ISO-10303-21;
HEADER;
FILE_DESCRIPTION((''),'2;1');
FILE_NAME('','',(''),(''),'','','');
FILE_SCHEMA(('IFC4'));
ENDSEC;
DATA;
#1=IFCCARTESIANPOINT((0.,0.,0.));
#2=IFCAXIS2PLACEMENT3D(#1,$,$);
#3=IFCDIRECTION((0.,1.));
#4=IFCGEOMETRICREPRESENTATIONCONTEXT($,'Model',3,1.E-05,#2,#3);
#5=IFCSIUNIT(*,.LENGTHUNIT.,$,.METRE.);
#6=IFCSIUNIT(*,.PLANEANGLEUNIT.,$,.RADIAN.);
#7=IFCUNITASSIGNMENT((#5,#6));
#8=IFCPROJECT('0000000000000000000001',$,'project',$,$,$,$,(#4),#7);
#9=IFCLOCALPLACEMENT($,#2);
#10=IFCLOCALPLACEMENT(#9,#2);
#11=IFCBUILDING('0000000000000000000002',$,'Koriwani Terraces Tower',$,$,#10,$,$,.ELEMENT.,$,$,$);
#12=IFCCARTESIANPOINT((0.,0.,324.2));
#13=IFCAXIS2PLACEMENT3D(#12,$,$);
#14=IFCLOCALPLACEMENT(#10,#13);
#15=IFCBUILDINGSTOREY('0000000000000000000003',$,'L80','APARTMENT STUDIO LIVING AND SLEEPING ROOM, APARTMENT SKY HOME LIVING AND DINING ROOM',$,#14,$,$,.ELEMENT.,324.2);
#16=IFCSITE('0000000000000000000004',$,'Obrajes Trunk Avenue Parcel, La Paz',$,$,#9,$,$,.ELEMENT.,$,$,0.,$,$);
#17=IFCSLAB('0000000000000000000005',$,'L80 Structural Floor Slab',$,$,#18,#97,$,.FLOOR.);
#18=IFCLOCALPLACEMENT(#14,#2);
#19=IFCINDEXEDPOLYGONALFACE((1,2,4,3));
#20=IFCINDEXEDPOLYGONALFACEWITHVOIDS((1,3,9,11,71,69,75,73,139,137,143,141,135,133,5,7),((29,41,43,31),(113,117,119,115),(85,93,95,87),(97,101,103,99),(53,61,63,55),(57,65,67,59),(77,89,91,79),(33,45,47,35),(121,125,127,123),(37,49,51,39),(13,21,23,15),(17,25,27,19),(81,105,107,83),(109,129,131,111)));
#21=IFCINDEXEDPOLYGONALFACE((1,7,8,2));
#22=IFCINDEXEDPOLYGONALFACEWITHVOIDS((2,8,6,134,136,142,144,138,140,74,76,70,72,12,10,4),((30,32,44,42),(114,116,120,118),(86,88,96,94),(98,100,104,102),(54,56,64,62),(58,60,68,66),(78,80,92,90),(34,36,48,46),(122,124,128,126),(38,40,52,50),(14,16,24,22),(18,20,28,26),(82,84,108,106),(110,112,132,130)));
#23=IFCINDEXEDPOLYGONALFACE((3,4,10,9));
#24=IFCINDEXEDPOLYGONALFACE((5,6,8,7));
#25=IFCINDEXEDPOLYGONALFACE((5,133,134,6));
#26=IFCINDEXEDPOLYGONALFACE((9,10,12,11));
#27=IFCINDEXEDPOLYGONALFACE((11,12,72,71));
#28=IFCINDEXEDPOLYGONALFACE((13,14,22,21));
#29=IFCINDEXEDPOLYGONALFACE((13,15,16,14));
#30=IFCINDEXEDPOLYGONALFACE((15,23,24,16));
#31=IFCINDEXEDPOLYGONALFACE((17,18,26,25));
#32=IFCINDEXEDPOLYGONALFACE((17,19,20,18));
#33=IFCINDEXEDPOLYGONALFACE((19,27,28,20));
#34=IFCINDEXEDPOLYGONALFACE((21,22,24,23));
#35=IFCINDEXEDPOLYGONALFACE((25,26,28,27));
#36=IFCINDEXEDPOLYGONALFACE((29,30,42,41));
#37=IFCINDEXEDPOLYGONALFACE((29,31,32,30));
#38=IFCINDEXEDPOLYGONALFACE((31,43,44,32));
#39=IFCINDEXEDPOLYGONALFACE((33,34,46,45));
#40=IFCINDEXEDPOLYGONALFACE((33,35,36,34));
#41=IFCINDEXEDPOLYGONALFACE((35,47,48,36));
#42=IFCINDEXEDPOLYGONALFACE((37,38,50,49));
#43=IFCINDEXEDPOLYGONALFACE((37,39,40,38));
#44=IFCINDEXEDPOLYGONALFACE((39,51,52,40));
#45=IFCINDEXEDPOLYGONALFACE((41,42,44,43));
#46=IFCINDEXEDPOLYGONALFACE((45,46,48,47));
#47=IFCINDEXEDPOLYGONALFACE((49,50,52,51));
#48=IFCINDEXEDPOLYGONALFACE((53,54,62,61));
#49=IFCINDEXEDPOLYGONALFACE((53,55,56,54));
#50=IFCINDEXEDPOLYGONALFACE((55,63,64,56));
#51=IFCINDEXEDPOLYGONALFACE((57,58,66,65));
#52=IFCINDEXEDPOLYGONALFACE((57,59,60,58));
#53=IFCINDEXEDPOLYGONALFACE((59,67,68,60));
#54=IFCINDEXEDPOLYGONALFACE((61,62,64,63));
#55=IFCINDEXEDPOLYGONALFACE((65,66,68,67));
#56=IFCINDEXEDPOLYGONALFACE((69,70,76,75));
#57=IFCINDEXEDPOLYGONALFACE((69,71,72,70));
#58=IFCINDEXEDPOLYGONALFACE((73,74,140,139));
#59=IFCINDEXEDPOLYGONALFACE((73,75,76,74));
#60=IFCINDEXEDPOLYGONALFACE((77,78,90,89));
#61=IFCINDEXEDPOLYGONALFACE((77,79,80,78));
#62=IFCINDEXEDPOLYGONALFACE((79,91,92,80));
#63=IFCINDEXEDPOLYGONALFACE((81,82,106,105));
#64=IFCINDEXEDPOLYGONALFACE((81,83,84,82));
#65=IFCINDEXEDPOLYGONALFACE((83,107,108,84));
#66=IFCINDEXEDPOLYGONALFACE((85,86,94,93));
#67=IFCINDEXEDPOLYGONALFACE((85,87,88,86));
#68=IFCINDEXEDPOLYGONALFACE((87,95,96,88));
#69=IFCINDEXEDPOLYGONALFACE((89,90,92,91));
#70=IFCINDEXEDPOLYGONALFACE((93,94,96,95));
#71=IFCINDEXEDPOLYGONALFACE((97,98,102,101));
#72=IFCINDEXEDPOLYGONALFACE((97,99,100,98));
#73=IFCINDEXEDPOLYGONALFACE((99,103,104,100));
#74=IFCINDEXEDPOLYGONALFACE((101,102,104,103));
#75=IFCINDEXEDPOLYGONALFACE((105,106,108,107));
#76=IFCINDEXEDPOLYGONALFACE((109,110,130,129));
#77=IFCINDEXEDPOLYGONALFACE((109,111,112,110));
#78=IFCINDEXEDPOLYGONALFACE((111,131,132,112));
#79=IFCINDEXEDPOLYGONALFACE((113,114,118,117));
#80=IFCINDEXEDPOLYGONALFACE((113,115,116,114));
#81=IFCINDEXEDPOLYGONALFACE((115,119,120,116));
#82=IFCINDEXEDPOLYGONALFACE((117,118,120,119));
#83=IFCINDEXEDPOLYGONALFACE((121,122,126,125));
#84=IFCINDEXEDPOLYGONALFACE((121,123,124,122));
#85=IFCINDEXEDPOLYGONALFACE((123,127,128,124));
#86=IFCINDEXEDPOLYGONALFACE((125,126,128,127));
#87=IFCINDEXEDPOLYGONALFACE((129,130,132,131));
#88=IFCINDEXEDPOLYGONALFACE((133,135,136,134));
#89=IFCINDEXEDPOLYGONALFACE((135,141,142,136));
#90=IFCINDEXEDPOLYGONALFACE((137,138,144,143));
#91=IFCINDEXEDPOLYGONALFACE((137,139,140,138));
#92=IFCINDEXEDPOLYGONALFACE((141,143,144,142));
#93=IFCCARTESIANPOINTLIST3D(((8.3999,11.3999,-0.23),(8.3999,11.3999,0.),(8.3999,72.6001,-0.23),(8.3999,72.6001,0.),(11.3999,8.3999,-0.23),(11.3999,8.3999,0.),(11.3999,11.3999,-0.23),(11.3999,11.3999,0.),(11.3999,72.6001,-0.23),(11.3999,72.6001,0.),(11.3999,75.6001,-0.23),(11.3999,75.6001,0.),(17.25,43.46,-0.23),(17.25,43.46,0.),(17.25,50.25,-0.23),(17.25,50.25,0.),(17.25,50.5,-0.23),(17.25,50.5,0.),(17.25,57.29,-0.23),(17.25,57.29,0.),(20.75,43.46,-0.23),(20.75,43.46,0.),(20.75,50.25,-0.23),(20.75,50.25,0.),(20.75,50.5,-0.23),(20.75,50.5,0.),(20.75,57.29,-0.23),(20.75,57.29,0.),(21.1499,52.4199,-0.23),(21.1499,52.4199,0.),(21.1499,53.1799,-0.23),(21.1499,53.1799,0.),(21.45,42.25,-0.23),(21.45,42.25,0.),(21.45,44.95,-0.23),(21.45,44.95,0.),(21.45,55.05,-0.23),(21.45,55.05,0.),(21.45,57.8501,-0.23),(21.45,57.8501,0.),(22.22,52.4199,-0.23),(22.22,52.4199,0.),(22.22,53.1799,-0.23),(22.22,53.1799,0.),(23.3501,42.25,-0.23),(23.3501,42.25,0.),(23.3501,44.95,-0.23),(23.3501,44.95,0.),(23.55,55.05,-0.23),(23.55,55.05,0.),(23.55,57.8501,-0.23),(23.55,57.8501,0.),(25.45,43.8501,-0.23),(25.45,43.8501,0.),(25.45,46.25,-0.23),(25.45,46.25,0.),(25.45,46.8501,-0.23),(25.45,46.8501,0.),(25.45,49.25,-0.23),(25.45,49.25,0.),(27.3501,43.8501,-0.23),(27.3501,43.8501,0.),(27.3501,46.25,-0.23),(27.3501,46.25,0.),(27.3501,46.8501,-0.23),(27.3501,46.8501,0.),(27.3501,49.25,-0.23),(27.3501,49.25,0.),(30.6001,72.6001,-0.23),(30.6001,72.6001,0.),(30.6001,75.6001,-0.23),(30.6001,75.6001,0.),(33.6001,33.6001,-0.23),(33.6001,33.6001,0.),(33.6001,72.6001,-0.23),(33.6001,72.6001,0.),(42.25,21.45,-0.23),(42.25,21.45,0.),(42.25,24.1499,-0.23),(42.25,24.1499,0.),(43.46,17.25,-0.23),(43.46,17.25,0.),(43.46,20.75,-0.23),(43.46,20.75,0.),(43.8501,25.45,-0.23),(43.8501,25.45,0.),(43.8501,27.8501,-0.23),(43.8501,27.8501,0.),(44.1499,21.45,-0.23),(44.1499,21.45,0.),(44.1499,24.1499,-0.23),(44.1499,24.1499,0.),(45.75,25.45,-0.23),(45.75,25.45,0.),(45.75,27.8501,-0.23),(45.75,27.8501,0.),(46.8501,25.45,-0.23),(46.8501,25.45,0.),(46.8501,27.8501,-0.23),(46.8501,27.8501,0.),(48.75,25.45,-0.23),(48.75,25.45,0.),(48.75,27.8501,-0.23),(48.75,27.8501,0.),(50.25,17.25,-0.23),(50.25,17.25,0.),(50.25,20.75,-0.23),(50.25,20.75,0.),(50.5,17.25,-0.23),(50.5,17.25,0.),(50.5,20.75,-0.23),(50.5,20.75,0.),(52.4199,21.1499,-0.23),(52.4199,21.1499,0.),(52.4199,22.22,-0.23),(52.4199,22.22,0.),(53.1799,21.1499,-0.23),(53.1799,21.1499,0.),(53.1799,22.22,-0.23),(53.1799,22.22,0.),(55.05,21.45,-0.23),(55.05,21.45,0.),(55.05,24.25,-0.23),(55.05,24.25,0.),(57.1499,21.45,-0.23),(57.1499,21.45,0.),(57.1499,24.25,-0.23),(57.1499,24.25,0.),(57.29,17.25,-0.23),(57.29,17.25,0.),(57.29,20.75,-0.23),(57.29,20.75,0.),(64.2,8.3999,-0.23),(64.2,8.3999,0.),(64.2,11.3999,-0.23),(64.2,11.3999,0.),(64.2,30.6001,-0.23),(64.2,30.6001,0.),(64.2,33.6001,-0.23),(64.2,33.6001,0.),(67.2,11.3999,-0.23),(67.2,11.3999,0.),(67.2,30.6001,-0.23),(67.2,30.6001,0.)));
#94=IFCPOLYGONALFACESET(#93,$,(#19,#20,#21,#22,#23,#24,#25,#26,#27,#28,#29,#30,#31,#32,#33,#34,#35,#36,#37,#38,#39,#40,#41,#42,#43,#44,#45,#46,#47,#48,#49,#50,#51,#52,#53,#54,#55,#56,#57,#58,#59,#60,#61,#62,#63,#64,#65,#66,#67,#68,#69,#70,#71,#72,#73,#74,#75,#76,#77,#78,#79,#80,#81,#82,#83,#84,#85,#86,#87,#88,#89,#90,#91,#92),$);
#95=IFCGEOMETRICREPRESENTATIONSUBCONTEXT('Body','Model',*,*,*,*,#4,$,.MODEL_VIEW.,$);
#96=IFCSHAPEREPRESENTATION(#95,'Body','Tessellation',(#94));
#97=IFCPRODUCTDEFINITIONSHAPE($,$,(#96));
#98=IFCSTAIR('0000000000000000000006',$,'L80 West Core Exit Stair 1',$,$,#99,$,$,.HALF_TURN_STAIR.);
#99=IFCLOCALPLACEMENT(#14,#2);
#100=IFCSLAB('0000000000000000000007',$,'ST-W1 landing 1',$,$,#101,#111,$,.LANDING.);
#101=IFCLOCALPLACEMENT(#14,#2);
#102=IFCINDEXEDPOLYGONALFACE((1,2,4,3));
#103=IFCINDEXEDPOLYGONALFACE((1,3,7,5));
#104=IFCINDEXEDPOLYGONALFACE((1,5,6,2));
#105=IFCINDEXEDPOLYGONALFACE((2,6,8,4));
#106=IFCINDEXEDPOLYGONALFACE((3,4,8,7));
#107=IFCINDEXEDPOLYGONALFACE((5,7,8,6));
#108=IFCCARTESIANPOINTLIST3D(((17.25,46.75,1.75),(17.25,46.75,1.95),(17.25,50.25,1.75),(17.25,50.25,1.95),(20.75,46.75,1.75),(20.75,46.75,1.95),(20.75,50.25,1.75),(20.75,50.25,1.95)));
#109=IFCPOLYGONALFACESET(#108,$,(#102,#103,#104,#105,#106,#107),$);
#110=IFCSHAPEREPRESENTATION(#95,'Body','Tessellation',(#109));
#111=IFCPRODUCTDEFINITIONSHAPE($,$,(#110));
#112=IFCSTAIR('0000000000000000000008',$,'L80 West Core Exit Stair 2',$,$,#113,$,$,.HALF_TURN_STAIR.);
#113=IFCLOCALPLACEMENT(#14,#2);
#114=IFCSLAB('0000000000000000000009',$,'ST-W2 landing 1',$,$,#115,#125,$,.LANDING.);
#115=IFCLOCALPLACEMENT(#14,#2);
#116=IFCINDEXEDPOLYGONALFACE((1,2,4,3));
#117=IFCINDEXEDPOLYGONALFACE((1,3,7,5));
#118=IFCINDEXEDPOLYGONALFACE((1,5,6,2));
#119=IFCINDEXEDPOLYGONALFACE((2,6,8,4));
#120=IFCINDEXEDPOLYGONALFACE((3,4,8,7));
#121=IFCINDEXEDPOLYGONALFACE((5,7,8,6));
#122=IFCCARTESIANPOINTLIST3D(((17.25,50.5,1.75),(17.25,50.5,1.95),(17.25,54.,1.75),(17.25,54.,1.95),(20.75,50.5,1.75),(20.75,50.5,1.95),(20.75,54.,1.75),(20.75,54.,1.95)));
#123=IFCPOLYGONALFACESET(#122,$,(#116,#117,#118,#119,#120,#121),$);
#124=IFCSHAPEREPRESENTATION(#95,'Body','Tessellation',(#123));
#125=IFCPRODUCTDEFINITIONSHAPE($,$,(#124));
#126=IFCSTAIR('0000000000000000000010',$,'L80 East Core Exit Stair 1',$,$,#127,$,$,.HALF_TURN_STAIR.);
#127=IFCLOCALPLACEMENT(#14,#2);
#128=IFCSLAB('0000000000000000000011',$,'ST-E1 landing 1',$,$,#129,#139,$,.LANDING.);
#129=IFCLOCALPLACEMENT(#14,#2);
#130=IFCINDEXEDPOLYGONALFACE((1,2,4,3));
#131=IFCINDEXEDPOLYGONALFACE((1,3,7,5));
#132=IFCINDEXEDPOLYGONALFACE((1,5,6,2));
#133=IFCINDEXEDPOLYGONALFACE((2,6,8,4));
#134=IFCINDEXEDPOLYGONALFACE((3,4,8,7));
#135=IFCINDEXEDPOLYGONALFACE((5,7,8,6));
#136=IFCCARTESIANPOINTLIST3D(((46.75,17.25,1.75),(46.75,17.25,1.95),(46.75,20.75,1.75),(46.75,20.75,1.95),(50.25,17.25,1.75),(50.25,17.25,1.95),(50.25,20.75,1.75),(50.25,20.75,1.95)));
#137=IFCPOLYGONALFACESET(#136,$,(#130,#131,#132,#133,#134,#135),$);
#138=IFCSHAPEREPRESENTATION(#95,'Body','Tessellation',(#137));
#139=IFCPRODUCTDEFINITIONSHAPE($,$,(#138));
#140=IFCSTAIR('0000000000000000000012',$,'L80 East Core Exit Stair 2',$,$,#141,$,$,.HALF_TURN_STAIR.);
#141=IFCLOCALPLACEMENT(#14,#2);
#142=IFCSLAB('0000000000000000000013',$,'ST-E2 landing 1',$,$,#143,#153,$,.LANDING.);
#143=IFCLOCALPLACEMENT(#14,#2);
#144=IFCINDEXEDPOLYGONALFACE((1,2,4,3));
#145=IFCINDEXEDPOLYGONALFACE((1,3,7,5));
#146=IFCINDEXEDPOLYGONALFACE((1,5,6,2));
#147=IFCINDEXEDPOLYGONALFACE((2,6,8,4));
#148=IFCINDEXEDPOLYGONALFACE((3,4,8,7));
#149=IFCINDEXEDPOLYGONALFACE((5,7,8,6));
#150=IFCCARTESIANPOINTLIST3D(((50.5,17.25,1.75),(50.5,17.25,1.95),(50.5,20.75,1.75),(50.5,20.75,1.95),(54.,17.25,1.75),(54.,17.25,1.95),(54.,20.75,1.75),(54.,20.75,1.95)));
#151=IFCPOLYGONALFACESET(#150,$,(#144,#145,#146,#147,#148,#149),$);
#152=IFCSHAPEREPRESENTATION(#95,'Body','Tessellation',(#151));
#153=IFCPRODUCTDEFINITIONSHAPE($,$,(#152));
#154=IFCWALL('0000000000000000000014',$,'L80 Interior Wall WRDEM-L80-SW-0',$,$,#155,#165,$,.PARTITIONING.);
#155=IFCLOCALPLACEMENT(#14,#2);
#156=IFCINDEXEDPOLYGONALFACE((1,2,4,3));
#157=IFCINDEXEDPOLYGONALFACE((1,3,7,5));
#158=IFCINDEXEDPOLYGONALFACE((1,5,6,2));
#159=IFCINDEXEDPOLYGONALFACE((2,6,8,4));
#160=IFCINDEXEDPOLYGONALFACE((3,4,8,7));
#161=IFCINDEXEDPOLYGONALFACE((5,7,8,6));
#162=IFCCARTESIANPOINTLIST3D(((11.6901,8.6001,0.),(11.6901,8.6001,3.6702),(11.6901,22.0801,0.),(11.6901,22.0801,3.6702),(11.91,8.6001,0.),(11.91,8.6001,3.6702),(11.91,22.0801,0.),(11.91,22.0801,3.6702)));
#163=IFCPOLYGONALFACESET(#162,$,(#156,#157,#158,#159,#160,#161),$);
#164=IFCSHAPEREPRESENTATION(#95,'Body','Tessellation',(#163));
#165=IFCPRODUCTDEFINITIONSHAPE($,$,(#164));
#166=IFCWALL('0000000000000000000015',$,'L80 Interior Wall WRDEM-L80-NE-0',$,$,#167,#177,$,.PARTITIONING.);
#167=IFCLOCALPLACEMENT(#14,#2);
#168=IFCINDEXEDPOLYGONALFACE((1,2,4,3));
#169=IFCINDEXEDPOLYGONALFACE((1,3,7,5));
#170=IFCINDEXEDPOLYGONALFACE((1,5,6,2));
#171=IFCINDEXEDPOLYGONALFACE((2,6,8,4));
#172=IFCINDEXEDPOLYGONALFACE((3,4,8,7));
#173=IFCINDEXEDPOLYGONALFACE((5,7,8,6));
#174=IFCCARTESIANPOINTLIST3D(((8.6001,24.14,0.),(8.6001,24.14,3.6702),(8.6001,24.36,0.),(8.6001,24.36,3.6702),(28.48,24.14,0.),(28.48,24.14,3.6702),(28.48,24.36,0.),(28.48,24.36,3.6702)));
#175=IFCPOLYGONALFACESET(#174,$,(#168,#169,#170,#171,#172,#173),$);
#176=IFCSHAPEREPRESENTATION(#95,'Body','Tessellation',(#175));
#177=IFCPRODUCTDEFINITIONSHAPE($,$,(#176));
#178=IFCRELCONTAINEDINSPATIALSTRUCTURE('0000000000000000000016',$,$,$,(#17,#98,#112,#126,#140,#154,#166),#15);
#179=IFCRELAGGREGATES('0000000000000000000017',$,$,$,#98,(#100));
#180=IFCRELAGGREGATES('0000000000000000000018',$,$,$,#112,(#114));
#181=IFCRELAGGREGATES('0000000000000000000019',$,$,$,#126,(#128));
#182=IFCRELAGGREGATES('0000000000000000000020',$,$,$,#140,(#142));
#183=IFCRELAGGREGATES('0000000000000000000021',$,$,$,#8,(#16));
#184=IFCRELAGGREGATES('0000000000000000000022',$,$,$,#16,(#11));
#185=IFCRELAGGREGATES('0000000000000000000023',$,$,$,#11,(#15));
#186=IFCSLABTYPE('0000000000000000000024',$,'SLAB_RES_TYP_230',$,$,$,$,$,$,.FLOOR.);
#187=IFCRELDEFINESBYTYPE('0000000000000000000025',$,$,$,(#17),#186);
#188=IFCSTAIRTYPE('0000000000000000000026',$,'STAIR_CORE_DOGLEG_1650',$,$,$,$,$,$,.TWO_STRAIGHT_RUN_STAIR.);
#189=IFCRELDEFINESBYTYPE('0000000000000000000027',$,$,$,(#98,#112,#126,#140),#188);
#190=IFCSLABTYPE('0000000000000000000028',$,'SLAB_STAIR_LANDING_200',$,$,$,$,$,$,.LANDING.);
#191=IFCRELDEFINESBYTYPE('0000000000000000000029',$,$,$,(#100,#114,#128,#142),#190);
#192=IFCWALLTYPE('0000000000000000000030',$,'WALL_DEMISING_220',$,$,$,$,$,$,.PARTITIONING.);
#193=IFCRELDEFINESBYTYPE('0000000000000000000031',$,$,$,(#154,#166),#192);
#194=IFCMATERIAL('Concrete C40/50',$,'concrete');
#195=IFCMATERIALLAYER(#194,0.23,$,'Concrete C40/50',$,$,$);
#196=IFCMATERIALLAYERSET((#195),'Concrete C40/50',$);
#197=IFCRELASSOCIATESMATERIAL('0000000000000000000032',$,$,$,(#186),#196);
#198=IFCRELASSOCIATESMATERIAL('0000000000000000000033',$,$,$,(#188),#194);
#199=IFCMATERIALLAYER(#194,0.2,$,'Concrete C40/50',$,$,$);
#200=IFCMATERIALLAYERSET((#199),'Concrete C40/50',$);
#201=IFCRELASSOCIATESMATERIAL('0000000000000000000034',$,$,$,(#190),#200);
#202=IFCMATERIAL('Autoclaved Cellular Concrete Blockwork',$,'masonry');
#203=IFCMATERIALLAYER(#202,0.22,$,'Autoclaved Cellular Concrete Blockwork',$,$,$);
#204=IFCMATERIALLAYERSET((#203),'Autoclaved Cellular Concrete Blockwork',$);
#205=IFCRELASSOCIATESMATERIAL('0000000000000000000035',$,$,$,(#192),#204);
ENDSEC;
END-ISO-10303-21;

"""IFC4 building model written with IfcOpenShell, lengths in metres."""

from ifc_helpers import new_model, si_unit, direction, frame, frame_2d, origin, place, context, subcontext, project, spatial, polyline, rectangle, outline, extrude, material, layer, layer_set, type_object, element, aggregate, save


model = new_model("IFC4")

# Units and contexts
model_context = context("Model", 3, precision=1e-05, world=origin(), true_north=direction((0.0, 1.0)))
body_context = subcontext(model_context, "Body", "Model", "MODEL_VIEW")
ifc_project = project(units=[si_unit("LENGTHUNIT", "METRE"), si_unit("PLANEANGLEUNIT", "RADIAN")], contexts=[model_context])

# Site, building, storey
site_placement = place(None, origin())
site = spatial("IfcSite", under=ifc_project, at=site_placement, Name="Obrajes Trunk Avenue Parcel, La Paz", CompositionType="ELEMENT", RefElevation=0.0)
building_placement = place(site_placement, origin())
building = spatial("IfcBuilding", under=site, at=building_placement, Name="Koriwani Terraces Tower", CompositionType="ELEMENT")
storey_placement = place(building_placement, frame((0.0, 0.0, 324.2)))
storey = spatial("IfcBuildingStorey", under=building, at=storey_placement, Name="L80", Description="APARTMENT STUDIO LIVING AND SLEEPING ROOM, APARTMENT SKY HOME LIVING AND DINING ROOM", CompositionType="ELEMENT", Elevation=324.2)

# Shared definitions
ifc_material_1 = material(Name="Concrete C40/50", Category="concrete")

# Slab
ifc_layer_1 = layer(ifc_material_1, 0.23, Name="Concrete C40/50")
ifc_layer_set_1 = layer_set([ifc_layer_1], Name="Concrete C40/50")
slab_type_1 = type_object("IfcSlabType", Name="SLAB_RES_TYP_230", PredefinedType="FLOOR", material=ifc_layer_set_1)
slab_1_placement = place(storey_placement, frame((0.0, 0.0, -0.23)))
element("IfcSlab", 1, at=slab_1_placement, inside=storey, type_object=slab_type_1, Name="L80 Structural Floor Slab", PredefinedType="FLOOR", context=body_context, shape_type="SweptSolid", body=[
    extrude(outline(polyline([(11.3999, 8.3999), (64.2, 8.3999), (64.2, 11.3999), (67.2, 11.3999), (67.2, 30.6001), (64.2, 30.6001), (64.2, 33.6001), (33.6001, 33.6001), (33.6001, 72.6001), (30.6001, 72.6001), (30.6001, 75.6001), (11.3999, 75.6001), (11.3999, 72.6001), (8.3999, 72.6001), (8.3999, 11.3999), (11.3999, 11.3999), (11.3999, 8.3999)]), holes=[polyline([(17.25, 43.46), (20.75, 43.46), (20.75, 50.25), (17.25, 50.25), (17.25, 43.46)]), polyline([(17.25, 50.5), (20.75, 50.5), (20.75, 57.29), (17.25, 57.29), (17.25, 50.5)]), polyline([(43.46, 17.25), (50.25, 17.25), (50.25, 20.75), (43.46, 20.75), (43.46, 17.25)]), polyline([(50.5, 17.25), (57.29, 17.25), (57.29, 20.75), (50.5, 20.75), (50.5, 17.25)]), polyline([(25.45, 43.8501), (27.3501, 43.8501), (27.3501, 46.25), (25.45, 46.25), (25.45, 43.8501)]), polyline([(25.45, 46.8501), (27.3501, 46.8501), (27.3501, 49.25), (25.45, 49.25), (25.45, 46.8501)]), polyline([(43.8501, 25.45), (45.75, 25.45), (45.75, 27.8501), (43.8501, 27.8501), (43.8501, 25.45)]), polyline([(46.8501, 25.45), (48.75, 25.45), (48.75, 27.8501), (46.8501, 27.8501), (46.8501, 25.45)]), polyline([(21.45, 55.05), (23.55, 55.05), (23.55, 57.8501), (21.45, 57.8501), (21.45, 55.05)]), polyline([(55.05, 21.45), (57.1499, 21.45), (57.1499, 24.25), (55.05, 24.25), (55.05, 21.45)]), polyline([(21.45, 42.25), (23.3501, 42.25), (23.3501, 44.95), (21.45, 44.95), (21.45, 42.25)]), polyline([(42.25, 21.45), (44.1499, 21.45), (44.1499, 24.1499), (42.25, 24.1499), (42.25, 21.45)]), polyline([(21.1499, 52.4199), (22.22, 52.4199), (22.22, 53.1799), (21.1499, 53.1799), (21.1499, 52.4199)]), polyline([(52.4199, 21.1499), (53.1799, 21.1499), (53.1799, 22.22), (52.4199, 22.22), (52.4199, 21.1499)])]), origin(), (0.0, 0.0, 1.0), 0.23),
])

# Stairs, slabs
stair_type = type_object("IfcStairType", Name="STAIR_CORE_DOGLEG_1650", PredefinedType="TWO_STRAIGHT_RUN_STAIR", material=ifc_material_1)
stair_1_placement = place(storey_placement, origin())
stair_1 = element("IfcStair", 2, at=stair_1_placement, inside=storey, type_object=stair_type, Name="L80 West Core Exit Stair 1", PredefinedType="HALF_TURN_STAIR")
ifc_layer_2 = layer(ifc_material_1, 0.2, Name="Concrete C40/50")
ifc_layer_set_2 = layer_set([ifc_layer_2], Name="Concrete C40/50")
slab_type_2 = type_object("IfcSlabType", Name="SLAB_STAIR_LANDING_200", PredefinedType="LANDING", material=ifc_layer_set_2)
slab_2_placement = place(storey_placement, frame((0.0, 0.0, 1.75)))
slab_2 = element("IfcSlab", 3, at=slab_2_placement, type_object=slab_type_2, Name="ST-W1 landing 1", PredefinedType="LANDING", context=body_context, shape_type="SweptSolid", body=[
    extrude(outline(polyline([(20.75, 46.75), (20.75, 50.25), (17.25, 50.25), (17.25, 46.75), (20.75, 46.75)])), origin(), (0.0, 0.0, 1.0), 0.2),
])
aggregate(stair_1, [slab_2])
stair_2_placement = place(storey_placement, origin())
stair_2 = element("IfcStair", 4, at=stair_2_placement, inside=storey, type_object=stair_type, Name="L80 West Core Exit Stair 2", PredefinedType="HALF_TURN_STAIR")
slab_3_placement = place(storey_placement, frame((0.0, 0.0, 1.75)))
slab_3 = element("IfcSlab", 5, at=slab_3_placement, type_object=slab_type_2, Name="ST-W2 landing 1", PredefinedType="LANDING", context=body_context, shape_type="SweptSolid", body=[
    extrude(outline(polyline([(17.25, 54.0), (17.25, 50.5), (20.75, 50.5), (20.75, 54.0), (17.25, 54.0)])), origin(), (0.0, 0.0, 1.0), 0.2),
])
aggregate(stair_2, [slab_3])
stair_3_placement = place(storey_placement, origin())
stair_3 = element("IfcStair", 6, at=stair_3_placement, inside=storey, type_object=stair_type, Name="L80 East Core Exit Stair 1", PredefinedType="HALF_TURN_STAIR")
slab_4_placement = place(storey_placement, frame((0.0, 0.0, 1.75)))
slab_4 = element("IfcSlab", 7, at=slab_4_placement, type_object=slab_type_2, Name="ST-E1 landing 1", PredefinedType="LANDING", context=body_context, shape_type="SweptSolid", body=[
    extrude(outline(polyline([(46.75, 17.25), (50.25, 17.25), (50.25, 20.75), (46.75, 20.75), (46.75, 17.25)])), origin(), (0.0, 0.0, 1.0), 0.2),
])
aggregate(stair_3, [slab_4])
stair_4_placement = place(storey_placement, origin())
stair_4 = element("IfcStair", 8, at=stair_4_placement, inside=storey, type_object=stair_type, Name="L80 East Core Exit Stair 2", PredefinedType="HALF_TURN_STAIR")
slab_5_placement = place(storey_placement, frame((0.0, 0.0, 1.75)))
slab_5 = element("IfcSlab", 9, at=slab_5_placement, type_object=slab_type_2, Name="ST-E2 landing 1", PredefinedType="LANDING", context=body_context, shape_type="SweptSolid", body=[
    extrude(outline(polyline([(54.0, 20.75), (50.5, 20.75), (50.5, 17.25), (54.0, 17.25), (54.0, 20.75)])), origin(), (0.0, 0.0, 1.0), 0.2),
])
aggregate(stair_4, [slab_5])

# Walls
ifc_material_2 = material(Name="Autoclaved Cellular Concrete Blockwork", Category="masonry")
ifc_layer_3 = layer(ifc_material_2, 0.22, Name="Autoclaved Cellular Concrete Blockwork")
ifc_layer_set_3 = layer_set([ifc_layer_3], Name="Autoclaved Cellular Concrete Blockwork")
wall_type_1 = type_object("IfcWallType", Name="WALL_DEMISING_220", PredefinedType="PARTITIONING", material=ifc_layer_set_3)
wall_1_placement = place(storey_placement, frame((11.8, 8.6001, 0.0), z_axis=(0.0, 0.0, 1.0), x_axis=(0.0, 1.0, 0.0)))
element("IfcWall", 10, at=wall_1_placement, inside=storey, type_object=wall_type_1, Name="L80 Interior Wall WRDEM-L80-SW-0", PredefinedType="PARTITIONING", context=body_context, shape_type="SweptSolid", body=[
    extrude(rectangle(XDim=13.48, YDim=0.22, at=frame_2d((6.74, 0.0))), origin(), (0.0, 0.0, 1.0), 3.6702),
])
wall_2_placement = place(storey_placement, frame((8.6001, 24.25, 0.0), z_axis=(0.0, 0.0, 1.0), x_axis=(1.0, 0.0, 0.0)))
element("IfcWall", 11, at=wall_2_placement, inside=storey, type_object=wall_type_1, Name="L80 Interior Wall WRDEM-L80-NE-0", PredefinedType="PARTITIONING", context=body_context, shape_type="SweptSolid", body=[
    extrude(rectangle(XDim=19.8799, YDim=0.22, at=frame_2d((9.9399, 0.0))), origin(), (0.0, 0.0, 1.0), 3.6702),
])

save(model, "model.ifc")
